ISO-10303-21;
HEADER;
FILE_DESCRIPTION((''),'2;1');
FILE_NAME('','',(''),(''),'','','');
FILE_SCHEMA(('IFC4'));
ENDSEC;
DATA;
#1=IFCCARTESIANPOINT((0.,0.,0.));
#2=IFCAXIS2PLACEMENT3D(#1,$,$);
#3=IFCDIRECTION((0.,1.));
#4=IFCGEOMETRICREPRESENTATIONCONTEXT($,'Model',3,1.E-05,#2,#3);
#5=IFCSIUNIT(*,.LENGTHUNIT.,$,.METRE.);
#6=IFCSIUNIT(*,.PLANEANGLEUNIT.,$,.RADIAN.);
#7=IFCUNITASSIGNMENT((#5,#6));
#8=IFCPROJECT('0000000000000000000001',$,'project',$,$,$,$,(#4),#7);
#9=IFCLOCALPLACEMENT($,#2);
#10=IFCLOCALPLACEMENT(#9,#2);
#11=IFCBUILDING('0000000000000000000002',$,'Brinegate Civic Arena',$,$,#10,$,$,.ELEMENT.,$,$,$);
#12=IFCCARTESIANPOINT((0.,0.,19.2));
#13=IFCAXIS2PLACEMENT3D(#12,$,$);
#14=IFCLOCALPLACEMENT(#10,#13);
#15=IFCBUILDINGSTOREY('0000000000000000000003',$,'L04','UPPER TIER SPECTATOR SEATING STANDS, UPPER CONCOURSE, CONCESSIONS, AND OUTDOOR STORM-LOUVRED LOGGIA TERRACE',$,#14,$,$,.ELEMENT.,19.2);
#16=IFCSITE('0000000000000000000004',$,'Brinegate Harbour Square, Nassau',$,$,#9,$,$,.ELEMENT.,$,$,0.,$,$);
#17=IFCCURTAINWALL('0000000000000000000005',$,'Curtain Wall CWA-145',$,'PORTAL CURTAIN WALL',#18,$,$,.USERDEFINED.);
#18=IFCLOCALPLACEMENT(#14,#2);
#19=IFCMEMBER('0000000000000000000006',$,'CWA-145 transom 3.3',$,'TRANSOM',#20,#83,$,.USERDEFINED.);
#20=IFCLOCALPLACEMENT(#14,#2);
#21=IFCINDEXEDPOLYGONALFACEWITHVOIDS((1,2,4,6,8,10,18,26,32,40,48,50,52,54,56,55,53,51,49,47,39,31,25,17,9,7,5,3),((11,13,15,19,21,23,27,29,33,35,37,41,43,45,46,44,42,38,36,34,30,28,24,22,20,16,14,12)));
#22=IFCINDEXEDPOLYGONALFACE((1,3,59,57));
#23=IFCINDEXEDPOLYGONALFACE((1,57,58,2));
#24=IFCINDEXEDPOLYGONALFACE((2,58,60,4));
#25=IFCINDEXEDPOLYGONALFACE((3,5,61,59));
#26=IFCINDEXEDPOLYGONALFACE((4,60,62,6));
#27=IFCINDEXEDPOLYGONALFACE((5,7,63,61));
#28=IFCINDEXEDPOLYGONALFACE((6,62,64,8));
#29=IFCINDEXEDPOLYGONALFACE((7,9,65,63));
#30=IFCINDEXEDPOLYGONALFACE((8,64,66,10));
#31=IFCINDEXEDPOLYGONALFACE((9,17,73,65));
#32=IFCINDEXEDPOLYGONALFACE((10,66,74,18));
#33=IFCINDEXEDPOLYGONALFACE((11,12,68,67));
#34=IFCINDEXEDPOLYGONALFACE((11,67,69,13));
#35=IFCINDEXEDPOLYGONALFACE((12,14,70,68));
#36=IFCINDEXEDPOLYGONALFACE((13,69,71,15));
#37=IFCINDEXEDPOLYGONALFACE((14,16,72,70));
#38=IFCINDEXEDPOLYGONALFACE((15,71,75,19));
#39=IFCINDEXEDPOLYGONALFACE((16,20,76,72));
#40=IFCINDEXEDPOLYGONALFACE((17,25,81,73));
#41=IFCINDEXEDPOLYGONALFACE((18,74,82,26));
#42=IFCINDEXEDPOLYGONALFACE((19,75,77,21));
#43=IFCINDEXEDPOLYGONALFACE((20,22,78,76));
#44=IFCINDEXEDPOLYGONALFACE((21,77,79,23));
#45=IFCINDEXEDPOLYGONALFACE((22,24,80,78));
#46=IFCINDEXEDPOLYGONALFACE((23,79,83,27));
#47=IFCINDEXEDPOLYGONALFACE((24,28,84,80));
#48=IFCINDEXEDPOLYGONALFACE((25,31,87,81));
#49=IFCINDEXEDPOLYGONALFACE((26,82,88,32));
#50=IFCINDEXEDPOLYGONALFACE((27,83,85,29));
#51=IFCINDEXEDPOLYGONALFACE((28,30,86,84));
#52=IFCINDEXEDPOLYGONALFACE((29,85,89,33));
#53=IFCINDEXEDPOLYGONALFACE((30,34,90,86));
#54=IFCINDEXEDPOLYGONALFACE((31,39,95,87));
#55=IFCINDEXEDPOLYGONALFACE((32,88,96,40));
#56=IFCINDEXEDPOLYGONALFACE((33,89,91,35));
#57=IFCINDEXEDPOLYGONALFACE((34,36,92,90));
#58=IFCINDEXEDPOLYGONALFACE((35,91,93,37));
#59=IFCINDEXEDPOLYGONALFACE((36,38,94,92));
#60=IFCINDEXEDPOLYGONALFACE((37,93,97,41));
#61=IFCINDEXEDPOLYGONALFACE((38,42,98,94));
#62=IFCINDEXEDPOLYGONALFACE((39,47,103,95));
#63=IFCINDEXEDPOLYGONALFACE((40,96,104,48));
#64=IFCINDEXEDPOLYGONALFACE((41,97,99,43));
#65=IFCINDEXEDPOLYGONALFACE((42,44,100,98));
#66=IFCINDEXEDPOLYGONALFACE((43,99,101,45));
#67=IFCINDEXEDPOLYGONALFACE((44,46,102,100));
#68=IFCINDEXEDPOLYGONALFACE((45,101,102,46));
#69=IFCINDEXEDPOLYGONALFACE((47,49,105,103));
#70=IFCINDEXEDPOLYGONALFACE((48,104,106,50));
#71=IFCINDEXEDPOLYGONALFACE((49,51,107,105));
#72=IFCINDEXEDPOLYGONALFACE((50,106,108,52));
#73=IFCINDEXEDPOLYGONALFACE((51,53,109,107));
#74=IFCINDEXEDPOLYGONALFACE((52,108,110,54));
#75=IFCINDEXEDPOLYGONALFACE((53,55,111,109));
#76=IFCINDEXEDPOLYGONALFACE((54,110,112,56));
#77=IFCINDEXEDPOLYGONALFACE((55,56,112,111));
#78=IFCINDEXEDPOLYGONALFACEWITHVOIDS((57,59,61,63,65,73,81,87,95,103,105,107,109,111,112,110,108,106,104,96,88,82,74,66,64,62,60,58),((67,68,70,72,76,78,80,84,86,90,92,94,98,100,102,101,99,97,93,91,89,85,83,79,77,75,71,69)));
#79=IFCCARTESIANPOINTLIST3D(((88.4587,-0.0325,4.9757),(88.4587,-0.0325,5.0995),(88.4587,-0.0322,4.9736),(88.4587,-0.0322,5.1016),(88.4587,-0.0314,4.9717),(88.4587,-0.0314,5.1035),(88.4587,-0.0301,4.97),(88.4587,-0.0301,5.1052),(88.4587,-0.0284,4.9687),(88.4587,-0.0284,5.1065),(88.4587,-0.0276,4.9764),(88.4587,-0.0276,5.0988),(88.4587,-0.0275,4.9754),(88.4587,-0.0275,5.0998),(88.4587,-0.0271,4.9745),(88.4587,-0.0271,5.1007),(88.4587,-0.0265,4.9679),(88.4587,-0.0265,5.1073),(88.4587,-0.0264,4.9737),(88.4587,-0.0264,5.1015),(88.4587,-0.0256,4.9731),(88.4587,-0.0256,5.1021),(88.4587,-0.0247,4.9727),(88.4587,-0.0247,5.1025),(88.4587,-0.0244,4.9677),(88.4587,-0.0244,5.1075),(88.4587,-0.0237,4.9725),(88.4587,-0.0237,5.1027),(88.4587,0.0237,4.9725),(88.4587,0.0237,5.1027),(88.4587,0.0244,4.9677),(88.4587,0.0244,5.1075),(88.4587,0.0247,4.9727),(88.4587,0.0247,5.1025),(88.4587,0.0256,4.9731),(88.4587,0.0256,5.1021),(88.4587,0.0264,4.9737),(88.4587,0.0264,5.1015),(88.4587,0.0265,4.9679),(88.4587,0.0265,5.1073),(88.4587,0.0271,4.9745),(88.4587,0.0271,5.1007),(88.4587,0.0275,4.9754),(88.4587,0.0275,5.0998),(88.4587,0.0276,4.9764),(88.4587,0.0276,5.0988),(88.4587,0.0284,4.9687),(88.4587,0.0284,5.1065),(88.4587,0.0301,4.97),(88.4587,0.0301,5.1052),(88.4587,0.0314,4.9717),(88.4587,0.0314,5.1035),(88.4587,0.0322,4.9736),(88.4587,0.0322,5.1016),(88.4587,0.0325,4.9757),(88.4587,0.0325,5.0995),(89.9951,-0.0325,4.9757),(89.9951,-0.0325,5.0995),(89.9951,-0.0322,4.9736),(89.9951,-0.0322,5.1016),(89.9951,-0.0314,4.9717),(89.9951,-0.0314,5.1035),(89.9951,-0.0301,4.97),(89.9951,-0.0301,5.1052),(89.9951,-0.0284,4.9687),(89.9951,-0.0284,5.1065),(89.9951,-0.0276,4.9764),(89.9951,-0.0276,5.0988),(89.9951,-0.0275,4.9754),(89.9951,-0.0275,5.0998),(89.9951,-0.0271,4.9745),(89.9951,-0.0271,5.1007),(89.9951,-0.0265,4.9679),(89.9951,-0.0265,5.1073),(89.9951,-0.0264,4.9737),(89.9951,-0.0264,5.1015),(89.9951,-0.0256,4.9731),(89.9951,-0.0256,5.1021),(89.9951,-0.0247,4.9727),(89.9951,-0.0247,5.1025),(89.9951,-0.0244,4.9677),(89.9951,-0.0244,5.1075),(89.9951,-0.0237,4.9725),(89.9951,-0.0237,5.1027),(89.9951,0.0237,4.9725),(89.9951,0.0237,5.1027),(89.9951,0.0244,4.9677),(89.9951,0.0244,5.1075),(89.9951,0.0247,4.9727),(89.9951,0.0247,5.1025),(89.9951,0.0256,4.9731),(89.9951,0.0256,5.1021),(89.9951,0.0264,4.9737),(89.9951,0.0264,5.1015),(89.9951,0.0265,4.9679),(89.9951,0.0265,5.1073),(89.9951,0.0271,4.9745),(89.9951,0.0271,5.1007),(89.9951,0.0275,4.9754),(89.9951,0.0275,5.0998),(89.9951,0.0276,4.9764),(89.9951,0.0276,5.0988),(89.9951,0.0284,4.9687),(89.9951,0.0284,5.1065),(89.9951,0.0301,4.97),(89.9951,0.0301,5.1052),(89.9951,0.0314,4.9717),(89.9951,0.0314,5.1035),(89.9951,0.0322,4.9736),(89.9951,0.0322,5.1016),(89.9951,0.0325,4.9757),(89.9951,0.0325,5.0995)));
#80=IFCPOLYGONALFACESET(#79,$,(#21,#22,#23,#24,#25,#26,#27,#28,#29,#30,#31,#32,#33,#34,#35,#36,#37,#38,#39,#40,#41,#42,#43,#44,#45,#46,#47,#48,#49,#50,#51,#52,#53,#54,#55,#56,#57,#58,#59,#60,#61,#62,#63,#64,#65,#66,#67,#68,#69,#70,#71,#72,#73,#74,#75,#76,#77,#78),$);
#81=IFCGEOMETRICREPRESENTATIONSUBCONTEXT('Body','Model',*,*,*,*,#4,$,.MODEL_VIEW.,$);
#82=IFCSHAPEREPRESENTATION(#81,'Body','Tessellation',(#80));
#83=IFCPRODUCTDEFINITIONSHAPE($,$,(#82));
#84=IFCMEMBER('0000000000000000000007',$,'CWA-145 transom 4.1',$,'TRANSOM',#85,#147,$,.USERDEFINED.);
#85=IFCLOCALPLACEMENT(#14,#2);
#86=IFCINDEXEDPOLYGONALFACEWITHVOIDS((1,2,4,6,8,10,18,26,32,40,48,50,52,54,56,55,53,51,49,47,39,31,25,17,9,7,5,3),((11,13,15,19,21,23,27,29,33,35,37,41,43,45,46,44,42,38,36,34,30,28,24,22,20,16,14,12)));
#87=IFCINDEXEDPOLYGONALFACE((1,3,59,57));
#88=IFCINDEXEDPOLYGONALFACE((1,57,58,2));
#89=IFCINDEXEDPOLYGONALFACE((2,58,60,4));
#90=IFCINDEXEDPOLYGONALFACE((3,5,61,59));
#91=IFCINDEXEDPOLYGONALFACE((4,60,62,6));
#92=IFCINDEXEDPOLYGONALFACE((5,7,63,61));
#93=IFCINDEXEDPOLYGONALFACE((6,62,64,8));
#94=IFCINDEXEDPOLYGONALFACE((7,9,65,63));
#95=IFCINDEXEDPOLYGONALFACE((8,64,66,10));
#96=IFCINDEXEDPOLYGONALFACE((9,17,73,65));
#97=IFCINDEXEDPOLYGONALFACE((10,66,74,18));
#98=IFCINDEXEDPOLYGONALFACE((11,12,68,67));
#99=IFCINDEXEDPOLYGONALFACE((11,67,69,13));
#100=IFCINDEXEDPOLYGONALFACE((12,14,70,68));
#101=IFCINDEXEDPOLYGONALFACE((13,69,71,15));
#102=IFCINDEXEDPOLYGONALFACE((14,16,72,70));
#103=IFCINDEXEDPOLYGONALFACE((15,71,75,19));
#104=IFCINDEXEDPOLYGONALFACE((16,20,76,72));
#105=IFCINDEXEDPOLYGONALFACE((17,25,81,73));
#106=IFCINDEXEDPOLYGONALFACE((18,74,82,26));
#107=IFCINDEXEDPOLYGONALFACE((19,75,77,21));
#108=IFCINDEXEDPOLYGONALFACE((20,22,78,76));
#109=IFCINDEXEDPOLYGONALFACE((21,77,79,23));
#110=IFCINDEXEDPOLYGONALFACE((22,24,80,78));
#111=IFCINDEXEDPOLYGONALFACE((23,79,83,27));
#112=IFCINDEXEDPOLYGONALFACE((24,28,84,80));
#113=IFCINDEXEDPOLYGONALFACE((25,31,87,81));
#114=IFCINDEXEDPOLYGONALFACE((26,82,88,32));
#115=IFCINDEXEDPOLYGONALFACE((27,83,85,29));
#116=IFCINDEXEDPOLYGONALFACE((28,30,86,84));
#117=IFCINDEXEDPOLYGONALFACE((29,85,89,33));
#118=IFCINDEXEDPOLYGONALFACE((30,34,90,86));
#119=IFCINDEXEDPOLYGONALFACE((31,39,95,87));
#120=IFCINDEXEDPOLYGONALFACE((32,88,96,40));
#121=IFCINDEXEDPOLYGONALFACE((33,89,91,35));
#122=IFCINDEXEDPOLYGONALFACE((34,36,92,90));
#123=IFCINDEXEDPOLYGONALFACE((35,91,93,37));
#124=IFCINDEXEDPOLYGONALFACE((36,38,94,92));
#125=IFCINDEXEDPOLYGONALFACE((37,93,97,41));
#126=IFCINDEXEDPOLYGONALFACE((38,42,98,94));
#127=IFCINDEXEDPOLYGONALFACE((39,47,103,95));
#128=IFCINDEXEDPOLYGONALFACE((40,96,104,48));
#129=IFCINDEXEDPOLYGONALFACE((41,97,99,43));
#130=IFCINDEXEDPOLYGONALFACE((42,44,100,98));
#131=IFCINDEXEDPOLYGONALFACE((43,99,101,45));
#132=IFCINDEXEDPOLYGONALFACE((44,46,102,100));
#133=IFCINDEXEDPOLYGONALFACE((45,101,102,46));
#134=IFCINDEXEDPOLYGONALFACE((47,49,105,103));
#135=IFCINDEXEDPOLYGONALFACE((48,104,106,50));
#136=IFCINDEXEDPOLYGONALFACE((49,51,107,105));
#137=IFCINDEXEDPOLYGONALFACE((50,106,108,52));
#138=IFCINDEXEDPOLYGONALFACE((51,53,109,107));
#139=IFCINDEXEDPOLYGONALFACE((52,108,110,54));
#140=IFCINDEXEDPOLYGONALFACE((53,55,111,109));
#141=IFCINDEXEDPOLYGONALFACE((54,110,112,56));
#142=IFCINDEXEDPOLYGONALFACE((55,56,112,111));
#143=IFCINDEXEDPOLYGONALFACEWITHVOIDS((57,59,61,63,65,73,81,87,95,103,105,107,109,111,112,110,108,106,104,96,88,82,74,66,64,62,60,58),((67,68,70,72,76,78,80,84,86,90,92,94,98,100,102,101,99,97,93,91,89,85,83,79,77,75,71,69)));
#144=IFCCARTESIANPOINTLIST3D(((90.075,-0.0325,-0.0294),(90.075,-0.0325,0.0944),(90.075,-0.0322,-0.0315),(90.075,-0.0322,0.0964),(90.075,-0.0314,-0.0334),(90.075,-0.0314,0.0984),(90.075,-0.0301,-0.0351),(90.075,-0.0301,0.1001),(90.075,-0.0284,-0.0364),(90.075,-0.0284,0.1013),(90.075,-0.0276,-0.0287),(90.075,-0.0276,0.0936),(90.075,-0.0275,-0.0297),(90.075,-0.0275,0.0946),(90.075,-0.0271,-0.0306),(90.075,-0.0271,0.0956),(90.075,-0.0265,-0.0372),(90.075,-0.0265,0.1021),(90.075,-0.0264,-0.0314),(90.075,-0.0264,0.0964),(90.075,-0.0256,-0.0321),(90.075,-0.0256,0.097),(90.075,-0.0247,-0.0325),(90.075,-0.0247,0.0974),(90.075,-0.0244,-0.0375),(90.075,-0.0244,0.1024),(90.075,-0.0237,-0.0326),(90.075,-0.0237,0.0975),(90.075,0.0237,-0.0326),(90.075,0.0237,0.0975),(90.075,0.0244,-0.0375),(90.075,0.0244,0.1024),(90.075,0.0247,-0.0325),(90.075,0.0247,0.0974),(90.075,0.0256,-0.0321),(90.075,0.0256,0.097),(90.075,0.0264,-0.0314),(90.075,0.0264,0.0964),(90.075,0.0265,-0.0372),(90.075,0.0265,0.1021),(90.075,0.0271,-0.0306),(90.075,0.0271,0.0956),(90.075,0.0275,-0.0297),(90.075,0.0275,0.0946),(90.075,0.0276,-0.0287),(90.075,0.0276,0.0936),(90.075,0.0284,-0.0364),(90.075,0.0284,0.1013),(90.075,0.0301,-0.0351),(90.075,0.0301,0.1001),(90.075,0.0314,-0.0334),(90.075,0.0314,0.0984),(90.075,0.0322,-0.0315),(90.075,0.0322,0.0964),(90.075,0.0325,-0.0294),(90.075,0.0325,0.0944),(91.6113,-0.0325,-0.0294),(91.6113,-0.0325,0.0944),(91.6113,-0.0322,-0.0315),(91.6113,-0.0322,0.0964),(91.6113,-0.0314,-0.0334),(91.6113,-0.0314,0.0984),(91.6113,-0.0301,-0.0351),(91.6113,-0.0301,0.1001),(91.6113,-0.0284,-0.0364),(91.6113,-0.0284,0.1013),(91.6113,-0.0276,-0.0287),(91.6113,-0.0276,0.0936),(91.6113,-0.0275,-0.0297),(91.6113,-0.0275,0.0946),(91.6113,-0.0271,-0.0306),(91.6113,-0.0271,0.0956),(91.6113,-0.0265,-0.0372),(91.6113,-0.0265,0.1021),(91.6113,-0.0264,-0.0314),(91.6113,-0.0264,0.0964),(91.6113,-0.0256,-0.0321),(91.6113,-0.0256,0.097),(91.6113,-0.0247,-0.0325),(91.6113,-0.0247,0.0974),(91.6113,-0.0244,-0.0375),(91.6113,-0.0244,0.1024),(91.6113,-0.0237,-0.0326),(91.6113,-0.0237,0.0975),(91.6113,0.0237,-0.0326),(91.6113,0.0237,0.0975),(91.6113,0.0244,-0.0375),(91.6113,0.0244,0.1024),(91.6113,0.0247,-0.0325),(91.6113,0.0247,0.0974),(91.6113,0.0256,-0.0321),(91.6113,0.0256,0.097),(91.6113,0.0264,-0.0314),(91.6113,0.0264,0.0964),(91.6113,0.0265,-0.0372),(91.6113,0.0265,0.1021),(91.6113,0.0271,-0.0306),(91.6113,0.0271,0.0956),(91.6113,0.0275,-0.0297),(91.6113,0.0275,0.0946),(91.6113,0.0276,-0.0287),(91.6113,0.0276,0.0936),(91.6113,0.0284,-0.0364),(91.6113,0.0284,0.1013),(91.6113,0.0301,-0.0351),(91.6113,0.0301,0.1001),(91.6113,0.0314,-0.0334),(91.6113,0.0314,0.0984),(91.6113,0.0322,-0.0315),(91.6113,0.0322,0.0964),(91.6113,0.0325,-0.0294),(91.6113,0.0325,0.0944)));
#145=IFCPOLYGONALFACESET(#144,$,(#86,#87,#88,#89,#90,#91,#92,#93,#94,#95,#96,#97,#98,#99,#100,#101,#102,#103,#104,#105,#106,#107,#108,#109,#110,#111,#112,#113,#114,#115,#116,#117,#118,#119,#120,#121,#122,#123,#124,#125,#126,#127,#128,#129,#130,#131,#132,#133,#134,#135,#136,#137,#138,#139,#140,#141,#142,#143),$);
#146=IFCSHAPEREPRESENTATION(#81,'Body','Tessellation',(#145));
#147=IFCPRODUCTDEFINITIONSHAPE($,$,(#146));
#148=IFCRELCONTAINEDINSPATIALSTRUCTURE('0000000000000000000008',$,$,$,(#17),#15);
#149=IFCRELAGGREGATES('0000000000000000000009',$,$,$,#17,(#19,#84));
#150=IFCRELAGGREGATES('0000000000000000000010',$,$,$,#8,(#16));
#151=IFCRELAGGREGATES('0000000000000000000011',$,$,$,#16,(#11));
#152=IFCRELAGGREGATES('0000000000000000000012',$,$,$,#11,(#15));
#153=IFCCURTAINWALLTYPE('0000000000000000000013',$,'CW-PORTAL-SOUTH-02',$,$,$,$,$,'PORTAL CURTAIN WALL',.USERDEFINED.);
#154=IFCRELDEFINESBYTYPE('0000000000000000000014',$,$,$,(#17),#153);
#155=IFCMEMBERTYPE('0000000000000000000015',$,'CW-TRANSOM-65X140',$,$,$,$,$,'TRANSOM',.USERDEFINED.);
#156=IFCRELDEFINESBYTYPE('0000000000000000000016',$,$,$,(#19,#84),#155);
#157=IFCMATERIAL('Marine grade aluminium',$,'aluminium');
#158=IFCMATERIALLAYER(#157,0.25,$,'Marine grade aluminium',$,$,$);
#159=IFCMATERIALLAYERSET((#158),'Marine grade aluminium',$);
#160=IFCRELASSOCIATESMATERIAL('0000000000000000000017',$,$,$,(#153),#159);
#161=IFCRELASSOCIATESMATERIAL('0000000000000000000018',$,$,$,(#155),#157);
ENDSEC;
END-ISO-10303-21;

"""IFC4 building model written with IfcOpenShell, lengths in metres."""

from ifc_helpers import new_model, si_unit, direction, frame, origin, origin_2d, place, context, subcontext, project, spatial, hollow_rectangle, extrude, material, layer, layer_set, material_profile, profile_set, type_object, element, aggregate, save


model = new_model("IFC4")

# Units and contexts
model_context = context("Model", 3, precision=1e-05, world=origin(), true_north=direction((0.0, 1.0)))
body_context = subcontext(model_context, "Body", "Model", "MODEL_VIEW")
ifc_project = project(units=[si_unit("LENGTHUNIT", "METRE"), si_unit("PLANEANGLEUNIT", "RADIAN")], contexts=[model_context])

# Site, building, storey
site_placement = place(None, origin())
site = spatial("IfcSite", under=ifc_project, at=site_placement, Name="Brinegate Harbour Square, Nassau", CompositionType="ELEMENT", RefElevation=0.0)
building_placement = place(site_placement, origin())
building = spatial("IfcBuilding", under=site, at=building_placement, Name="Brinegate Civic Arena", CompositionType="ELEMENT")
storey_placement = place(building_placement, frame((0.0, 0.0, 19.2)))
storey = spatial("IfcBuildingStorey", under=building, at=storey_placement, Name="L04", Description="UPPER TIER SPECTATOR SEATING STANDS, UPPER CONCOURSE, CONCESSIONS, AND OUTDOOR STORM-LOUVRED LOGGIA TERRACE", CompositionType="ELEMENT", Elevation=19.2)

# Curtain wall, members
ifc_material_1 = material(Name="Marine grade aluminium", Category="aluminium")
ifc_layer_1 = layer(ifc_material_1, 0.25, Name="Marine grade aluminium")
ifc_layer_set_1 = layer_set([ifc_layer_1], Name="Marine grade aluminium")
curtain_wall_type = type_object("IfcCurtainWallType", Name="CW-PORTAL-SOUTH-02", ElementType="PORTAL CURTAIN WALL", PredefinedType="USERDEFINED", material=ifc_layer_set_1)
curtain_wall_placement = place(storey_placement, origin())
curtain_wall = element("IfcCurtainWall", 1, at=curtain_wall_placement, inside=storey, type_object=curtain_wall_type, Name="Curtain Wall CWA-145", ObjectType="PORTAL CURTAIN WALL", PredefinedType="USERDEFINED")
ifc_material_profile_1 = material_profile(ifc_material_1, hollow_rectangle(XDim=0.0649, YDim=0.1399, WallThickness=0.0049, InnerFilletRadius=0.0039, OuterFilletRadius=0.0081, at=origin_2d()), Name="TRN65X140")
ifc_profile_set_1 = profile_set([ifc_material_profile_1], Name="Marine grade aluminium")
member_type_1 = type_object("IfcMemberType", Name="CW-TRANSOM-65X140", ElementType="TRANSOM", PredefinedType="USERDEFINED", material=ifc_profile_set_1)
member_1_placement = place(storey_placement, frame((88.4587, 0.0, 5.0376), z_axis=(1.0, 0.0, 0.0), x_axis=(0.0, 1.0, 0.0)))
member_1 = element("IfcMember", 2, at=member_1_placement, type_object=member_type_1, Name="CWA-145 transom 3.3", ObjectType="TRANSOM", PredefinedType="USERDEFINED", context=body_context, shape_type="SweptSolid", body=[
    extrude(hollow_rectangle(XDim=0.0649, YDim=0.1399, WallThickness=0.0049, InnerFilletRadius=0.0039, OuterFilletRadius=0.0081, at=origin_2d()), origin(), (0.0, 0.0, 1.0), 1.5364),
])
member_2_placement = place(storey_placement, frame((90.075, 0.0, 0.0325), z_axis=(1.0, 0.0, 0.0), x_axis=(0.0, 1.0, 0.0)))
member_2 = element("IfcMember", 3, at=member_2_placement, type_object=member_type_1, Name="CWA-145 transom 4.1", ObjectType="TRANSOM", PredefinedType="USERDEFINED", context=body_context, shape_type="SweptSolid", body=[
    extrude(hollow_rectangle(XDim=0.0649, YDim=0.1399, WallThickness=0.0049, InnerFilletRadius=0.0039, OuterFilletRadius=0.0081, at=origin_2d()), origin(), (0.0, 0.0, 1.0), 1.5364),
])
aggregate(curtain_wall, [member_1, member_2])

save(model, "model.ifc")
